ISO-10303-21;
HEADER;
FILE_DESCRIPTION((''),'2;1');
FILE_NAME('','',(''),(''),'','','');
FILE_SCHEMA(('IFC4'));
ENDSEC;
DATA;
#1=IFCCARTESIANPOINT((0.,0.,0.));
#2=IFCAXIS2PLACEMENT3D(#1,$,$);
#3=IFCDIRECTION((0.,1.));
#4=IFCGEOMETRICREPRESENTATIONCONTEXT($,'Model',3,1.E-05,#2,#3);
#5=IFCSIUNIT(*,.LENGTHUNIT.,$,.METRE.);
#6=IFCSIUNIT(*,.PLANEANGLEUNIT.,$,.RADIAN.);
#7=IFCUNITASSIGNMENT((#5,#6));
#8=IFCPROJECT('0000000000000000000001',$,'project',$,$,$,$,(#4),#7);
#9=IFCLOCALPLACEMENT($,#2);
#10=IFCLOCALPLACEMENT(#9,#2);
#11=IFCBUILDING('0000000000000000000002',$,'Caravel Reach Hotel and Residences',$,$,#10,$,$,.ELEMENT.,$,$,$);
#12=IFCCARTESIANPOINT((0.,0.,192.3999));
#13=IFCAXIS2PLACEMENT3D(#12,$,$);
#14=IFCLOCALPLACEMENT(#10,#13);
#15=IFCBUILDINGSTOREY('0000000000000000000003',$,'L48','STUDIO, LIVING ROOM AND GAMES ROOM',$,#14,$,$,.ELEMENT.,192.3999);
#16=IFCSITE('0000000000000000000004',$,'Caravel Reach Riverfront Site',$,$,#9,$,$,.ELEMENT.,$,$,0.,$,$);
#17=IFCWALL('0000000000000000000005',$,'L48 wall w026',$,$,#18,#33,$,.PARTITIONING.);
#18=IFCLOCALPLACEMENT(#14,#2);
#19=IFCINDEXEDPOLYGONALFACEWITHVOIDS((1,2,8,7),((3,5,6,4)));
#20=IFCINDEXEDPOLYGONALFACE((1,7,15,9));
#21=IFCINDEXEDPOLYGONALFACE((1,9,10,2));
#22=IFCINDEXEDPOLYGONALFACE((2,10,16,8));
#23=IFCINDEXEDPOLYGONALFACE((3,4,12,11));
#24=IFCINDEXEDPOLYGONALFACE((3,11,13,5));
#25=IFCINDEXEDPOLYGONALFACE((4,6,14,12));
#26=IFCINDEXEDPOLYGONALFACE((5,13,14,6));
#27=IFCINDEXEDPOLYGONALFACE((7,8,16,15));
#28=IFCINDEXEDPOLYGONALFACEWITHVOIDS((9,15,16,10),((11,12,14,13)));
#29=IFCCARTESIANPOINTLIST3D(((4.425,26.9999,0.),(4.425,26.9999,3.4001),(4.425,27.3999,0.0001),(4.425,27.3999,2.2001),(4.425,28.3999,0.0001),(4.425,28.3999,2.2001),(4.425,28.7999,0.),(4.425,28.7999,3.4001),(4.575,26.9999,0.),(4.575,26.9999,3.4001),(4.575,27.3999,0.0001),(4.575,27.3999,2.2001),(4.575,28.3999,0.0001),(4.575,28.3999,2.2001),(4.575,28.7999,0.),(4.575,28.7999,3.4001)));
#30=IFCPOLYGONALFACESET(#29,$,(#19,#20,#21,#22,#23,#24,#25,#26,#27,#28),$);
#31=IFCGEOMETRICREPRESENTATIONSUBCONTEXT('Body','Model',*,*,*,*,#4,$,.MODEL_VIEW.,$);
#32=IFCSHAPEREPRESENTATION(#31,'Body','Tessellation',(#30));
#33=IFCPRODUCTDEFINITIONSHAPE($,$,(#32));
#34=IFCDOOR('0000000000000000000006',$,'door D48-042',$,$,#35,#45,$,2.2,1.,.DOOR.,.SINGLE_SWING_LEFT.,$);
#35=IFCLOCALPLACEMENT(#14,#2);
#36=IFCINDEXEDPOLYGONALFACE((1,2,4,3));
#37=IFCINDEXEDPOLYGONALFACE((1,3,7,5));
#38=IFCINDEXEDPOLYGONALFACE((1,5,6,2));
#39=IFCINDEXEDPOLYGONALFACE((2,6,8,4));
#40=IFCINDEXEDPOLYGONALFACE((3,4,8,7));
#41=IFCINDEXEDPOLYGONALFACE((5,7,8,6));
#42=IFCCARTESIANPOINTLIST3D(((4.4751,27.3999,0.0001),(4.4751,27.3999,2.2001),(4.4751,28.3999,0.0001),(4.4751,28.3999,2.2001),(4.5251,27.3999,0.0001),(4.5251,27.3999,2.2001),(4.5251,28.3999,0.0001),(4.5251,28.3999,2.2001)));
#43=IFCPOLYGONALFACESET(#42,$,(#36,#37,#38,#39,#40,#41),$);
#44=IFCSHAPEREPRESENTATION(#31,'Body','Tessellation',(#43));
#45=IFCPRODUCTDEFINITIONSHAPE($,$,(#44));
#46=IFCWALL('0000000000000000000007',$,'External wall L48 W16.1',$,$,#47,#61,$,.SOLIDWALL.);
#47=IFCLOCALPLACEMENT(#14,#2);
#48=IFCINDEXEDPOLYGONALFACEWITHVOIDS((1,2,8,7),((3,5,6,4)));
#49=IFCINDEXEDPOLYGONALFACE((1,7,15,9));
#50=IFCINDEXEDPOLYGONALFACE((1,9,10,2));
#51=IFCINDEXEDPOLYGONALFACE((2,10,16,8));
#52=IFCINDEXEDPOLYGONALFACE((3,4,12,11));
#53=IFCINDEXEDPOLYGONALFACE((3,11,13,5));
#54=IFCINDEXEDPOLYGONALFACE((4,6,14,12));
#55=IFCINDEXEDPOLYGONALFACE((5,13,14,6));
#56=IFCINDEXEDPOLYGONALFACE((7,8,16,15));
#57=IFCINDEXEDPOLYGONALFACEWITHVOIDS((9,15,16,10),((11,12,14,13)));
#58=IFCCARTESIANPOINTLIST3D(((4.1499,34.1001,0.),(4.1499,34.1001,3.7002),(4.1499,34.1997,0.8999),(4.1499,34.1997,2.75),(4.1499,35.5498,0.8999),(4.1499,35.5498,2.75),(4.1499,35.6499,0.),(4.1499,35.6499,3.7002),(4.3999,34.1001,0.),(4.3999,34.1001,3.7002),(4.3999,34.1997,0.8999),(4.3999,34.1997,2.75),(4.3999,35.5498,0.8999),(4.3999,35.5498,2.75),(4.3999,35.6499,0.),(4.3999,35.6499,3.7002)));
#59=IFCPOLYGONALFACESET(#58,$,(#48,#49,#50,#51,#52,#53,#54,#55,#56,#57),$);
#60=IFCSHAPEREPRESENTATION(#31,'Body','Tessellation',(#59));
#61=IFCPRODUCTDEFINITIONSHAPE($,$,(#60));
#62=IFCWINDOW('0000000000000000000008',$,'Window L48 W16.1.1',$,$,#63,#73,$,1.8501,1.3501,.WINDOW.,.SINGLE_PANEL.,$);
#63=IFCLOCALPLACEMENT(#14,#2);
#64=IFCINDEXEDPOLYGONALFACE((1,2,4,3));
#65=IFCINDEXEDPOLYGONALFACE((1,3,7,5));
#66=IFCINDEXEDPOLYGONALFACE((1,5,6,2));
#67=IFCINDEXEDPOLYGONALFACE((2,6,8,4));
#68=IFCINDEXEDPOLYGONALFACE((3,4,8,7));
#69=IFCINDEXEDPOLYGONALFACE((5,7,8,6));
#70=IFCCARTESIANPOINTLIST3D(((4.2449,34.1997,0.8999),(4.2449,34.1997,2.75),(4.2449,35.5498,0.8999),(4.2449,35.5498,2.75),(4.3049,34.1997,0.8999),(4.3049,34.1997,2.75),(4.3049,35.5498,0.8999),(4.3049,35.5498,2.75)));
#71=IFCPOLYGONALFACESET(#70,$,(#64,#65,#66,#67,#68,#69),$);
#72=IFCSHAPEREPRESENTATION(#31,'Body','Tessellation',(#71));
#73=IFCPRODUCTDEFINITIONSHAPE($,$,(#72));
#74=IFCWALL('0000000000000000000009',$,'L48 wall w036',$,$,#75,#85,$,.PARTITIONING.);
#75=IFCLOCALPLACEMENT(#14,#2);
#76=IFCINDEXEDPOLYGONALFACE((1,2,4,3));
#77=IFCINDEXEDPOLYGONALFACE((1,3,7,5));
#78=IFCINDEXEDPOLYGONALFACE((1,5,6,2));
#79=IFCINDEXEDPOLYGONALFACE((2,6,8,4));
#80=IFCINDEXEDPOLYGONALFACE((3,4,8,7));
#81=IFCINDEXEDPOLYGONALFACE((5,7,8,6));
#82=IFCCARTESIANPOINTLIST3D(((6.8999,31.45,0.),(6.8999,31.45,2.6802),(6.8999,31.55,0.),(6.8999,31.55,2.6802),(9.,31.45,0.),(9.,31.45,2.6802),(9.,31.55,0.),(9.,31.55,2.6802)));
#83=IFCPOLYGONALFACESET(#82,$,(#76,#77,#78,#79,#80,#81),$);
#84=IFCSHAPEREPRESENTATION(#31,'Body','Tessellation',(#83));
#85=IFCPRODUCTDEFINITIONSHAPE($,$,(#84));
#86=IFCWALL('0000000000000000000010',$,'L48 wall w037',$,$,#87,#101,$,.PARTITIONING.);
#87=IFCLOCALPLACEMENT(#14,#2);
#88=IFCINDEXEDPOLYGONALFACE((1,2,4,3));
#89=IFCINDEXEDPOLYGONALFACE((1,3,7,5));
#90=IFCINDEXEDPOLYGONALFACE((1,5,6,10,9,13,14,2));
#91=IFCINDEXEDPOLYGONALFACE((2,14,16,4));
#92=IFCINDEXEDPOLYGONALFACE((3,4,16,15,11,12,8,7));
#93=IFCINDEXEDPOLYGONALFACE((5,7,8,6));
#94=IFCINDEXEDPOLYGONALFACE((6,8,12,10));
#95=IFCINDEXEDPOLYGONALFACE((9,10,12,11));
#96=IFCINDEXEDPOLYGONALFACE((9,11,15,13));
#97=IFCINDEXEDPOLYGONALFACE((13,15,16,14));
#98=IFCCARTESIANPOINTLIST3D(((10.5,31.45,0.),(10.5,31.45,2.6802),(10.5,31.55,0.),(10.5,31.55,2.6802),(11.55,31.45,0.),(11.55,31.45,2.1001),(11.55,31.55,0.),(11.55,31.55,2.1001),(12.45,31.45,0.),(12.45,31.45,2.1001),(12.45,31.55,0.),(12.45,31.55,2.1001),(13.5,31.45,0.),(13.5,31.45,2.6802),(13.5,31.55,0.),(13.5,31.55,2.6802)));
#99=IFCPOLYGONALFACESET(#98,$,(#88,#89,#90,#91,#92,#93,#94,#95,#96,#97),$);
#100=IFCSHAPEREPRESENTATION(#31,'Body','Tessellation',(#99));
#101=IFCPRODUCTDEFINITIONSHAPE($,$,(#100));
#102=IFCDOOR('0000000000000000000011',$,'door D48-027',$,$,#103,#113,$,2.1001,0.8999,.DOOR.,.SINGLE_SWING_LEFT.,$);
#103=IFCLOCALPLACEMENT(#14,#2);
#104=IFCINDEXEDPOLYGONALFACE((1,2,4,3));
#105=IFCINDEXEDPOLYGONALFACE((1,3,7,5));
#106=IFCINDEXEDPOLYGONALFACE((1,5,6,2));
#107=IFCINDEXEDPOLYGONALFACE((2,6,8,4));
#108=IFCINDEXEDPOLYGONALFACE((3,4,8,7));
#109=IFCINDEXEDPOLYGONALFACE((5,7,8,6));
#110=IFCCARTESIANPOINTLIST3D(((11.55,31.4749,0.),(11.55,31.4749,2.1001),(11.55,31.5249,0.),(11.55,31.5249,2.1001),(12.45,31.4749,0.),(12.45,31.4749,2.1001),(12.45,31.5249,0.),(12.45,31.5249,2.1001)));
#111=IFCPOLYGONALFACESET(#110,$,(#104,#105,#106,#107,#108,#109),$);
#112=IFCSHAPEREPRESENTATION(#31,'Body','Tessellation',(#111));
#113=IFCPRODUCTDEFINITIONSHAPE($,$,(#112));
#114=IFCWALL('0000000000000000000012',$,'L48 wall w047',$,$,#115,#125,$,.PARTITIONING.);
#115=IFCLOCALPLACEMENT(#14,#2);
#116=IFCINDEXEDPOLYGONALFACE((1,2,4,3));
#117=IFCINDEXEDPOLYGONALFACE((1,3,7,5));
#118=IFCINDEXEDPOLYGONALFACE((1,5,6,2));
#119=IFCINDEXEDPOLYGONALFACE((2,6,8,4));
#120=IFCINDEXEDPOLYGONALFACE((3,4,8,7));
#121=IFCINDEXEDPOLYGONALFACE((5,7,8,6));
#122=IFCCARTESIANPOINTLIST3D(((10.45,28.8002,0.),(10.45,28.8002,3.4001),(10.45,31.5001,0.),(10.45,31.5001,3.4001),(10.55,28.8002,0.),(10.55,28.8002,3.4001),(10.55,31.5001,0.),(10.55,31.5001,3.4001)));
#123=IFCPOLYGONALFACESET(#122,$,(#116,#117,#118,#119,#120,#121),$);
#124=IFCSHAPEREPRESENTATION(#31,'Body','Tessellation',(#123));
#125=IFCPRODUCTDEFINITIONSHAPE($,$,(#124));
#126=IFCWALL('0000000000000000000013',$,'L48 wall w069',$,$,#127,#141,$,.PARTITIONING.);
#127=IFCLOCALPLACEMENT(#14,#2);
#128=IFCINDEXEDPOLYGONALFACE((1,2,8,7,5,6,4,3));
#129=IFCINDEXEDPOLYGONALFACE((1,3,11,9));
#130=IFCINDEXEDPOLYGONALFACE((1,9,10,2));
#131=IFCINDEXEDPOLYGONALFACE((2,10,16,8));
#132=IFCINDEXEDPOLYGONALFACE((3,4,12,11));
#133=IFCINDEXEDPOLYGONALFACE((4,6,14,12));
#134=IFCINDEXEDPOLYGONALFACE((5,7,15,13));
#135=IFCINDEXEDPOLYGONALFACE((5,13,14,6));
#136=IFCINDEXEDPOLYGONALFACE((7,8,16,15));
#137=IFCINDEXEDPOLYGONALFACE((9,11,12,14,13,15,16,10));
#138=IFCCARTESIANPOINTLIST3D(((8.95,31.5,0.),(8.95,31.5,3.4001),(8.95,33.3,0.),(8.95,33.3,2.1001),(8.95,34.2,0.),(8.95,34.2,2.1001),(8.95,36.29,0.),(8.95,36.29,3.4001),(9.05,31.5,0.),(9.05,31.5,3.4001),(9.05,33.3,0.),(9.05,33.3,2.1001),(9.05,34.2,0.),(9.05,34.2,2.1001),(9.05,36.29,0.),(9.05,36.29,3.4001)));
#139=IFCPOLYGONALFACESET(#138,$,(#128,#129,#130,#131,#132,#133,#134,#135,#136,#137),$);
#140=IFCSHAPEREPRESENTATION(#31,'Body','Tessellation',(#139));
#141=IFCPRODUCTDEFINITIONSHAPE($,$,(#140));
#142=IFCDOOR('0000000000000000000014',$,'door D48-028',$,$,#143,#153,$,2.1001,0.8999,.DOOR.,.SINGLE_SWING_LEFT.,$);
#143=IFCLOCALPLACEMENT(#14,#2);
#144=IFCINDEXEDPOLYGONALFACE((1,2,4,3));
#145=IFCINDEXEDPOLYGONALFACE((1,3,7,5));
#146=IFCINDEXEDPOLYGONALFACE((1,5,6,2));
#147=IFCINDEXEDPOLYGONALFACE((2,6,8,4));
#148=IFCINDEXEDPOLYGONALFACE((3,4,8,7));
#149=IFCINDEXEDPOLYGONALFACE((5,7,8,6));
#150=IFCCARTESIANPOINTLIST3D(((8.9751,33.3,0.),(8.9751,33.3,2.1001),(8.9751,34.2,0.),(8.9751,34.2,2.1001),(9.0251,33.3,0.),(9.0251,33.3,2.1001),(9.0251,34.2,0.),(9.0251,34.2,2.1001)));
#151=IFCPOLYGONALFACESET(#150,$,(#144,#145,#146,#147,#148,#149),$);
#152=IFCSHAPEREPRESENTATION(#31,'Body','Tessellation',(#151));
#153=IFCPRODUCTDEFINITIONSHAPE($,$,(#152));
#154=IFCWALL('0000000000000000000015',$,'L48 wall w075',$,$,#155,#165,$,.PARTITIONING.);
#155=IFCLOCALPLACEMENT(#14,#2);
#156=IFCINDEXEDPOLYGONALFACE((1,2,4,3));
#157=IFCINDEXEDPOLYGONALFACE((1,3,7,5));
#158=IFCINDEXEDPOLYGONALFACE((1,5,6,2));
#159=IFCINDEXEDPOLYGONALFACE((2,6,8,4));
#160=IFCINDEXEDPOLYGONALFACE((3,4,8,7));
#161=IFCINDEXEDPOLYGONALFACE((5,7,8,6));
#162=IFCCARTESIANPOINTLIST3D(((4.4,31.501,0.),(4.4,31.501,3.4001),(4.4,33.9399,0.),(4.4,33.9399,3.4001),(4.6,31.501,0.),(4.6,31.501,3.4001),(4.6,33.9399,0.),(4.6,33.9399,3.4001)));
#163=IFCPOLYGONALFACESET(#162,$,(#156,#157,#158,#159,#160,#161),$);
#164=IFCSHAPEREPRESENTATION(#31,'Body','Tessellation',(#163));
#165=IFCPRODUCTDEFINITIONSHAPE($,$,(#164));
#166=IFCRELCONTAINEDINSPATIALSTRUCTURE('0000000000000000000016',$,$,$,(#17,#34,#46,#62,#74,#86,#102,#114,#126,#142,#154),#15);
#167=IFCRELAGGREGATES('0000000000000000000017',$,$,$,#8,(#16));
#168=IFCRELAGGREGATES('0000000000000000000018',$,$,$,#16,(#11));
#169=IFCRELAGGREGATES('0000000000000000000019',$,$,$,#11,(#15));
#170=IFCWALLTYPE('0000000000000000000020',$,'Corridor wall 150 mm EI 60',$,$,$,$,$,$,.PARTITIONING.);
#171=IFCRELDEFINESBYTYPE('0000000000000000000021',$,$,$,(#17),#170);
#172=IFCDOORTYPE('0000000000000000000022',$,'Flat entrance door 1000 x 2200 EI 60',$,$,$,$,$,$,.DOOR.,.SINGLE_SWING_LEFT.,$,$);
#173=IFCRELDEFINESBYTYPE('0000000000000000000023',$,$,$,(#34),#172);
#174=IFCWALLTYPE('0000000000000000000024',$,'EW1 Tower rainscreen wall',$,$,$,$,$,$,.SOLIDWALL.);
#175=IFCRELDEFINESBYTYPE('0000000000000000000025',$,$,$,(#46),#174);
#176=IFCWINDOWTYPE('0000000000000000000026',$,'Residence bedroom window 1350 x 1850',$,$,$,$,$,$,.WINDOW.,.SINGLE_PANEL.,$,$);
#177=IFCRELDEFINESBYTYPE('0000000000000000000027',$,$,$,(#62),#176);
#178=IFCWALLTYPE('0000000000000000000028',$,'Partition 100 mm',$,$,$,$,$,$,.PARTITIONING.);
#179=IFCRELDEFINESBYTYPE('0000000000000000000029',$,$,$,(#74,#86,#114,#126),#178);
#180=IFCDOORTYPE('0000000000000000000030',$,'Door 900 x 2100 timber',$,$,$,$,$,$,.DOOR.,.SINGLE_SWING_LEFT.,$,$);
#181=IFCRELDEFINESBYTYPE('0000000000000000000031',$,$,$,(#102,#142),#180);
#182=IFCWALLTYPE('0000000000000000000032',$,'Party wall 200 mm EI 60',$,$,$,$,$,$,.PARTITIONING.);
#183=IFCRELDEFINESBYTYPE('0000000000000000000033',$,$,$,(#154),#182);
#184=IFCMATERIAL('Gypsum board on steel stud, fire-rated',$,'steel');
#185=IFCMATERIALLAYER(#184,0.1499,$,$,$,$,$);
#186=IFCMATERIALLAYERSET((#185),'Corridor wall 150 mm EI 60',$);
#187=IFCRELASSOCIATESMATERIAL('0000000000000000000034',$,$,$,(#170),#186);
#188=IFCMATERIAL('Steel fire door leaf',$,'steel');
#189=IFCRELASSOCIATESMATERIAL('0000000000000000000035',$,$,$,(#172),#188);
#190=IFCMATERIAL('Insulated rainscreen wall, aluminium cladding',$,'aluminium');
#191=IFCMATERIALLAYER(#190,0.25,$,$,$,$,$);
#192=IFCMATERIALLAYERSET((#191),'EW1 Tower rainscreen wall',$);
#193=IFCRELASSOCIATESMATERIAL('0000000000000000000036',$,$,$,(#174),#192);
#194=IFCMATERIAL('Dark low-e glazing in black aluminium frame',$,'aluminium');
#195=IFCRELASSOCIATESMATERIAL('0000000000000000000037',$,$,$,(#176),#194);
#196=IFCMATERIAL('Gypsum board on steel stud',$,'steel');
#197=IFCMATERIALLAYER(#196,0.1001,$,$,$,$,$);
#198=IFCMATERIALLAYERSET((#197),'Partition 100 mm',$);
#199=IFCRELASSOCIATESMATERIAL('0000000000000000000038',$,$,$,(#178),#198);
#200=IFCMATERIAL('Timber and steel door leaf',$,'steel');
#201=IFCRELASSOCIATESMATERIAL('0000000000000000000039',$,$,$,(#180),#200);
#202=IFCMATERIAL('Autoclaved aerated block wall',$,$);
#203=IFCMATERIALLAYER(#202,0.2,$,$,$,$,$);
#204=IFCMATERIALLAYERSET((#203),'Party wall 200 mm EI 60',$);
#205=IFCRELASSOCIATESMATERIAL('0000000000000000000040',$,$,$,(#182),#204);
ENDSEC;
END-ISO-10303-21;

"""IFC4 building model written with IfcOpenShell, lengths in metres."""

from ifc_helpers import new_model, si_unit, direction, frame, frame_2d, origin, place, context, subcontext, project, spatial, rectangle, extrude, material, layer, layer_set, type_object, element, fill, save


model = new_model("IFC4")

# Units and contexts
model_context = context("Model", 3, precision=1e-05, world=origin(), true_north=direction((0.0, 1.0)))
body_context = subcontext(model_context, "Body", "Model", "MODEL_VIEW")
ifc_project = project(units=[si_unit("LENGTHUNIT", "METRE"), si_unit("PLANEANGLEUNIT", "RADIAN")], contexts=[model_context])

# Site, building, storey
site_placement = place(None, origin())
site = spatial("IfcSite", under=ifc_project, at=site_placement, Name="Caravel Reach Riverfront Site", CompositionType="ELEMENT", RefElevation=0.0)
building_placement = place(site_placement, origin())
building = spatial("IfcBuilding", under=site, at=building_placement, Name="Caravel Reach Hotel and Residences", CompositionType="ELEMENT")
storey_placement = place(building_placement, frame((0.0, 0.0, 192.3999)))
storey = spatial("IfcBuildingStorey", under=building, at=storey_placement, Name="L48", Description="STUDIO, LIVING ROOM AND GAMES ROOM", CompositionType="ELEMENT", Elevation=192.3999)

# Wall, opening, door
ifc_material_1 = material(Name="Gypsum board on steel stud, fire-rated", Category="steel")
ifc_layer_1 = layer(ifc_material_1, 0.1499)
ifc_layer_set_1 = layer_set([ifc_layer_1], Name="Corridor wall 150 mm EI 60")
wall_type_1 = type_object("IfcWallType", Name="Corridor wall 150 mm EI 60", PredefinedType="PARTITIONING", material=ifc_layer_set_1)
ifc_material_2 = material(Name="Steel fire door leaf", Category="steel")
door_type_1 = type_object("IfcDoorType", Name="Flat entrance door 1000 x 2200 EI 60", OperationType="SINGLE_SWING_LEFT", PredefinedType="DOOR", material=ifc_material_2)
wall_1_placement = place(storey_placement, frame((4.5, 27.0, 0.0), z_axis=(0.0, 0.0, 1.0), x_axis=(0.0, 1.0, 0.0)))
wall_1 = element("IfcWall", 1, at=wall_1_placement, inside=storey, type_object=wall_type_1, Name="L48 wall w026", PredefinedType="PARTITIONING", context=body_context, shape_type="SweptSolid", body=[
    extrude(rectangle(XDim=1.8, YDim=0.1499, at=frame_2d((0.8999, 0.0))), origin(), (0.0, 0.0, 1.0), 3.4001),
])
opening_1_placement = place(wall_1_placement, frame((0.3999, 0.0, 0.0)))
opening_1 = element("IfcOpeningElement", 2, at=opening_1_placement, cuts=wall_1, PredefinedType="OPENING", context=body_context, shape_type="SweptSolid", body=[
    extrude(rectangle(XDim=1.0, YDim=2.2, at=frame_2d((0.5, 1.1001))), frame((0.0, 0.085, 0.0), z_axis=(0.0, -1.0, 0.0), x_axis=(1.0, 0.0, 0.0)), (0.0, 0.0, 1.0), 0.1699),
])
door_1_placement = place(opening_1_placement, origin())
door_1 = element("IfcDoor", 3, at=door_1_placement, inside=storey, type_object=door_type_1, Name="door D48-042", OperationType="SINGLE_SWING_LEFT", OverallHeight=2.2, OverallWidth=1.0, PredefinedType="DOOR", context=body_context, shape_type="SweptSolid", body=[
    extrude(rectangle(XDim=1.0, YDim=2.2, at=frame_2d((0.5, 1.1001))), frame((0.0, 0.0249, 0.0), z_axis=(0.0, -1.0, 0.0), x_axis=(1.0, 0.0, 0.0)), (0.0, 0.0, 1.0), 0.05),
])
fill(opening_1, door_1)

# Wall, opening, window
ifc_material_3 = material(Name="Insulated rainscreen wall, aluminium cladding", Category="aluminium")
ifc_layer_2 = layer(ifc_material_3, 0.25)
ifc_layer_set_2 = layer_set([ifc_layer_2], Name="EW1 Tower rainscreen wall")
wall_type_2 = type_object("IfcWallType", Name="EW1 Tower rainscreen wall", PredefinedType="SOLIDWALL", material=ifc_layer_set_2)
wall_2_placement = place(storey_placement, frame((4.2749, 35.6499, 0.0), z_axis=(0.0, 0.0, 1.0), x_axis=(0.0, -1.0, 0.0)))
wall_2 = element("IfcWall", 4, at=wall_2_placement, inside=storey, type_object=wall_type_2, Name="External wall L48 W16.1", PredefinedType="SOLIDWALL", context=body_context, shape_type="SweptSolid", body=[
    extrude(rectangle(XDim=1.5498, YDim=0.25, at=frame_2d((0.7749, 0.0))), origin(), (0.0, 0.0, 1.0), 3.7002),
])
opening_2_placement = place(wall_2_placement, frame((0.1001, 0.0, 0.8999)))
opening_2 = element("IfcOpeningElement", 5, at=opening_2_placement, cuts=wall_2, PredefinedType="OPENING", context=body_context, shape_type="SweptSolid", body=[
    extrude(rectangle(XDim=1.3501, YDim=1.8501, at=frame_2d((0.675, 0.925))), frame((0.0, 0.135, 0.0), z_axis=(0.0, -1.0, 0.0), x_axis=(1.0, 0.0, 0.0)), (0.0, 0.0, 1.0), 0.27),
])
ifc_material_4 = material(Name="Dark low-e glazing in black aluminium frame", Category="aluminium")
window_type = type_object("IfcWindowType", Name="Residence bedroom window 1350 x 1850", PartitioningType="SINGLE_PANEL", PredefinedType="WINDOW", material=ifc_material_4)
window_placement = place(opening_2_placement, origin())
window = element("IfcWindow", 6, at=window_placement, inside=storey, type_object=window_type, Name="Window L48 W16.1.1", OverallHeight=1.8501, OverallWidth=1.3501, PartitioningType="SINGLE_PANEL", PredefinedType="WINDOW", context=body_context, shape_type="SweptSolid", body=[
    extrude(rectangle(XDim=1.3501, YDim=1.8501, at=frame_2d((0.675, 0.925))), frame((0.0, 0.03, 0.0), z_axis=(0.0, -1.0, 0.0), x_axis=(1.0, 0.0, 0.0)), (0.0, 0.0, 1.0), 0.0601),
])
fill(opening_2, window)

# Wall
ifc_material_5 = material(Name="Gypsum board on steel stud", Category="steel")
ifc_layer_3 = layer(ifc_material_5, 0.1001)
ifc_layer_set_3 = layer_set([ifc_layer_3], Name="Partition 100 mm")
wall_type_3 = type_object("IfcWallType", Name="Partition 100 mm", PredefinedType="PARTITIONING", material=ifc_layer_set_3)
wall_3_placement = place(storey_placement, frame((6.8999, 31.5, 0.0), z_axis=(0.0, 0.0, 1.0), x_axis=(1.0, 0.0, 0.0)))
element("IfcWall", 7, at=wall_3_placement, inside=storey, type_object=wall_type_3, Name="L48 wall w036", PredefinedType="PARTITIONING", context=body_context, shape_type="SweptSolid", body=[
    extrude(rectangle(XDim=2.1001, YDim=0.1001, at=frame_2d((1.05, 0.0))), origin(), (0.0, 0.0, 1.0), 2.6802),
])

# Wall, opening, door
wall_4_placement = place(storey_placement, frame((10.5, 31.5, 0.0), z_axis=(0.0, 0.0, 1.0), x_axis=(1.0, 0.0, 0.0)))
wall_4 = element("IfcWall", 8, at=wall_4_placement, inside=storey, type_object=wall_type_3, Name="L48 wall w037", PredefinedType="PARTITIONING", context=body_context, shape_type="SweptSolid", body=[
    extrude(rectangle(XDim=3.0, YDim=0.1001, at=frame_2d((1.5, 0.0))), origin(), (0.0, 0.0, 1.0), 2.6802),
])
opening_3_placement = place(wall_4_placement, frame((1.05, 0.0, 0.0)))
opening_3 = element("IfcOpeningElement", 9, at=opening_3_placement, cuts=wall_4, PredefinedType="OPENING", context=body_context, shape_type="SweptSolid", body=[
    extrude(rectangle(XDim=0.8999, YDim=2.1001, at=frame_2d((0.45, 1.05))), frame((0.0, 0.0601, 0.0), z_axis=(0.0, -1.0, 0.0), x_axis=(1.0, 0.0, 0.0)), (0.0, 0.0, 1.0), 0.1201),
])
ifc_material_6 = material(Name="Timber and steel door leaf", Category="steel")
door_type_2 = type_object("IfcDoorType", Name="Door 900 x 2100 timber", OperationType="SINGLE_SWING_LEFT", PredefinedType="DOOR", material=ifc_material_6)
door_2_placement = place(opening_3_placement, origin())
door_2 = element("IfcDoor", 10, at=door_2_placement, inside=storey, type_object=door_type_2, Name="door D48-027", OperationType="SINGLE_SWING_LEFT", OverallHeight=2.1001, OverallWidth=0.8999, PredefinedType="DOOR", context=body_context, shape_type="SweptSolid", body=[
    extrude(rectangle(XDim=0.8999, YDim=2.1001, at=frame_2d((0.45, 1.05))), frame((0.0, 0.0249, 0.0), z_axis=(0.0, -1.0, 0.0), x_axis=(1.0, 0.0, 0.0)), (0.0, 0.0, 1.0), 0.05),
])
fill(opening_3, door_2)

# Wall
wall_5_placement = place(storey_placement, frame((10.5, 28.8, 0.0), z_axis=(0.0, 0.0, 1.0), x_axis=(0.0, 1.0, 0.0)))
element("IfcWall", 11, at=wall_5_placement, inside=storey, type_object=wall_type_3, Name="L48 wall w047", PredefinedType="PARTITIONING", context=body_context, shape_type="SweptSolid", body=[
    extrude(rectangle(XDim=2.7, YDim=0.1001, at=frame_2d((1.3501, 0.0))), origin(), (0.0, 0.0, 1.0), 3.4001),
])

# Wall, opening, door
wall_6_placement = place(storey_placement, frame((9.0, 31.5, 0.0), z_axis=(0.0, 0.0, 1.0), x_axis=(0.0, 1.0, 0.0)))
wall_6 = element("IfcWall", 12, at=wall_6_placement, inside=storey, type_object=wall_type_3, Name="L48 wall w069", PredefinedType="PARTITIONING", context=body_context, shape_type="SweptSolid", body=[
    extrude(rectangle(XDim=4.79, YDim=0.1001, at=frame_2d((2.395, 0.0))), origin(), (0.0, 0.0, 1.0), 3.4001),
])
opening_4_placement = place(wall_6_placement, frame((1.8, 0.0, 0.0)))
opening_4 = element("IfcOpeningElement", 13, at=opening_4_placement, cuts=wall_6, PredefinedType="OPENING", context=body_context, shape_type="SweptSolid", body=[
    extrude(rectangle(XDim=0.8999, YDim=2.1001, at=frame_2d((0.45, 1.05))), frame((0.0, 0.0601, 0.0), z_axis=(0.0, -1.0, 0.0), x_axis=(1.0, 0.0, 0.0)), (0.0, 0.0, 1.0), 0.1201),
])
door_3_placement = place(opening_4_placement, origin())
door_3 = element("IfcDoor", 14, at=door_3_placement, inside=storey, type_object=door_type_2, Name="door D48-028", OperationType="SINGLE_SWING_LEFT", OverallHeight=2.1001, OverallWidth=0.8999, PredefinedType="DOOR", context=body_context, shape_type="SweptSolid", body=[
    extrude(rectangle(XDim=0.8999, YDim=2.1001, at=frame_2d((0.45, 1.05))), frame((0.0, 0.0249, 0.0), z_axis=(0.0, -1.0, 0.0), x_axis=(1.0, 0.0, 0.0)), (0.0, 0.0, 1.0), 0.05),
])
fill(opening_4, door_3)

# Wall
ifc_material_7 = material(Name="Autoclaved aerated block wall")
ifc_layer_4 = layer(ifc_material_7, 0.2)
ifc_layer_set_4 = layer_set([ifc_layer_4], Name="Party wall 200 mm EI 60")
wall_type_4 = type_object("IfcWallType", Name="Party wall 200 mm EI 60", PredefinedType="PARTITIONING", material=ifc_layer_set_4)
wall_7_placement = place(storey_placement, frame((4.5, 31.501, 0.0), z_axis=(0.0, 0.0, 1.0), x_axis=(0.0, 1.0, 0.0)))
element("IfcWall", 15, at=wall_7_placement, inside=storey, type_object=wall_type_4, Name="L48 wall w075", PredefinedType="PARTITIONING", context=body_context, shape_type="SweptSolid", body=[
    extrude(rectangle(XDim=2.439, YDim=0.2, at=frame_2d((1.2195, 0.0))), origin(), (0.0, 0.0, 1.0), 3.4001),
])

save(model, "model.ifc")
